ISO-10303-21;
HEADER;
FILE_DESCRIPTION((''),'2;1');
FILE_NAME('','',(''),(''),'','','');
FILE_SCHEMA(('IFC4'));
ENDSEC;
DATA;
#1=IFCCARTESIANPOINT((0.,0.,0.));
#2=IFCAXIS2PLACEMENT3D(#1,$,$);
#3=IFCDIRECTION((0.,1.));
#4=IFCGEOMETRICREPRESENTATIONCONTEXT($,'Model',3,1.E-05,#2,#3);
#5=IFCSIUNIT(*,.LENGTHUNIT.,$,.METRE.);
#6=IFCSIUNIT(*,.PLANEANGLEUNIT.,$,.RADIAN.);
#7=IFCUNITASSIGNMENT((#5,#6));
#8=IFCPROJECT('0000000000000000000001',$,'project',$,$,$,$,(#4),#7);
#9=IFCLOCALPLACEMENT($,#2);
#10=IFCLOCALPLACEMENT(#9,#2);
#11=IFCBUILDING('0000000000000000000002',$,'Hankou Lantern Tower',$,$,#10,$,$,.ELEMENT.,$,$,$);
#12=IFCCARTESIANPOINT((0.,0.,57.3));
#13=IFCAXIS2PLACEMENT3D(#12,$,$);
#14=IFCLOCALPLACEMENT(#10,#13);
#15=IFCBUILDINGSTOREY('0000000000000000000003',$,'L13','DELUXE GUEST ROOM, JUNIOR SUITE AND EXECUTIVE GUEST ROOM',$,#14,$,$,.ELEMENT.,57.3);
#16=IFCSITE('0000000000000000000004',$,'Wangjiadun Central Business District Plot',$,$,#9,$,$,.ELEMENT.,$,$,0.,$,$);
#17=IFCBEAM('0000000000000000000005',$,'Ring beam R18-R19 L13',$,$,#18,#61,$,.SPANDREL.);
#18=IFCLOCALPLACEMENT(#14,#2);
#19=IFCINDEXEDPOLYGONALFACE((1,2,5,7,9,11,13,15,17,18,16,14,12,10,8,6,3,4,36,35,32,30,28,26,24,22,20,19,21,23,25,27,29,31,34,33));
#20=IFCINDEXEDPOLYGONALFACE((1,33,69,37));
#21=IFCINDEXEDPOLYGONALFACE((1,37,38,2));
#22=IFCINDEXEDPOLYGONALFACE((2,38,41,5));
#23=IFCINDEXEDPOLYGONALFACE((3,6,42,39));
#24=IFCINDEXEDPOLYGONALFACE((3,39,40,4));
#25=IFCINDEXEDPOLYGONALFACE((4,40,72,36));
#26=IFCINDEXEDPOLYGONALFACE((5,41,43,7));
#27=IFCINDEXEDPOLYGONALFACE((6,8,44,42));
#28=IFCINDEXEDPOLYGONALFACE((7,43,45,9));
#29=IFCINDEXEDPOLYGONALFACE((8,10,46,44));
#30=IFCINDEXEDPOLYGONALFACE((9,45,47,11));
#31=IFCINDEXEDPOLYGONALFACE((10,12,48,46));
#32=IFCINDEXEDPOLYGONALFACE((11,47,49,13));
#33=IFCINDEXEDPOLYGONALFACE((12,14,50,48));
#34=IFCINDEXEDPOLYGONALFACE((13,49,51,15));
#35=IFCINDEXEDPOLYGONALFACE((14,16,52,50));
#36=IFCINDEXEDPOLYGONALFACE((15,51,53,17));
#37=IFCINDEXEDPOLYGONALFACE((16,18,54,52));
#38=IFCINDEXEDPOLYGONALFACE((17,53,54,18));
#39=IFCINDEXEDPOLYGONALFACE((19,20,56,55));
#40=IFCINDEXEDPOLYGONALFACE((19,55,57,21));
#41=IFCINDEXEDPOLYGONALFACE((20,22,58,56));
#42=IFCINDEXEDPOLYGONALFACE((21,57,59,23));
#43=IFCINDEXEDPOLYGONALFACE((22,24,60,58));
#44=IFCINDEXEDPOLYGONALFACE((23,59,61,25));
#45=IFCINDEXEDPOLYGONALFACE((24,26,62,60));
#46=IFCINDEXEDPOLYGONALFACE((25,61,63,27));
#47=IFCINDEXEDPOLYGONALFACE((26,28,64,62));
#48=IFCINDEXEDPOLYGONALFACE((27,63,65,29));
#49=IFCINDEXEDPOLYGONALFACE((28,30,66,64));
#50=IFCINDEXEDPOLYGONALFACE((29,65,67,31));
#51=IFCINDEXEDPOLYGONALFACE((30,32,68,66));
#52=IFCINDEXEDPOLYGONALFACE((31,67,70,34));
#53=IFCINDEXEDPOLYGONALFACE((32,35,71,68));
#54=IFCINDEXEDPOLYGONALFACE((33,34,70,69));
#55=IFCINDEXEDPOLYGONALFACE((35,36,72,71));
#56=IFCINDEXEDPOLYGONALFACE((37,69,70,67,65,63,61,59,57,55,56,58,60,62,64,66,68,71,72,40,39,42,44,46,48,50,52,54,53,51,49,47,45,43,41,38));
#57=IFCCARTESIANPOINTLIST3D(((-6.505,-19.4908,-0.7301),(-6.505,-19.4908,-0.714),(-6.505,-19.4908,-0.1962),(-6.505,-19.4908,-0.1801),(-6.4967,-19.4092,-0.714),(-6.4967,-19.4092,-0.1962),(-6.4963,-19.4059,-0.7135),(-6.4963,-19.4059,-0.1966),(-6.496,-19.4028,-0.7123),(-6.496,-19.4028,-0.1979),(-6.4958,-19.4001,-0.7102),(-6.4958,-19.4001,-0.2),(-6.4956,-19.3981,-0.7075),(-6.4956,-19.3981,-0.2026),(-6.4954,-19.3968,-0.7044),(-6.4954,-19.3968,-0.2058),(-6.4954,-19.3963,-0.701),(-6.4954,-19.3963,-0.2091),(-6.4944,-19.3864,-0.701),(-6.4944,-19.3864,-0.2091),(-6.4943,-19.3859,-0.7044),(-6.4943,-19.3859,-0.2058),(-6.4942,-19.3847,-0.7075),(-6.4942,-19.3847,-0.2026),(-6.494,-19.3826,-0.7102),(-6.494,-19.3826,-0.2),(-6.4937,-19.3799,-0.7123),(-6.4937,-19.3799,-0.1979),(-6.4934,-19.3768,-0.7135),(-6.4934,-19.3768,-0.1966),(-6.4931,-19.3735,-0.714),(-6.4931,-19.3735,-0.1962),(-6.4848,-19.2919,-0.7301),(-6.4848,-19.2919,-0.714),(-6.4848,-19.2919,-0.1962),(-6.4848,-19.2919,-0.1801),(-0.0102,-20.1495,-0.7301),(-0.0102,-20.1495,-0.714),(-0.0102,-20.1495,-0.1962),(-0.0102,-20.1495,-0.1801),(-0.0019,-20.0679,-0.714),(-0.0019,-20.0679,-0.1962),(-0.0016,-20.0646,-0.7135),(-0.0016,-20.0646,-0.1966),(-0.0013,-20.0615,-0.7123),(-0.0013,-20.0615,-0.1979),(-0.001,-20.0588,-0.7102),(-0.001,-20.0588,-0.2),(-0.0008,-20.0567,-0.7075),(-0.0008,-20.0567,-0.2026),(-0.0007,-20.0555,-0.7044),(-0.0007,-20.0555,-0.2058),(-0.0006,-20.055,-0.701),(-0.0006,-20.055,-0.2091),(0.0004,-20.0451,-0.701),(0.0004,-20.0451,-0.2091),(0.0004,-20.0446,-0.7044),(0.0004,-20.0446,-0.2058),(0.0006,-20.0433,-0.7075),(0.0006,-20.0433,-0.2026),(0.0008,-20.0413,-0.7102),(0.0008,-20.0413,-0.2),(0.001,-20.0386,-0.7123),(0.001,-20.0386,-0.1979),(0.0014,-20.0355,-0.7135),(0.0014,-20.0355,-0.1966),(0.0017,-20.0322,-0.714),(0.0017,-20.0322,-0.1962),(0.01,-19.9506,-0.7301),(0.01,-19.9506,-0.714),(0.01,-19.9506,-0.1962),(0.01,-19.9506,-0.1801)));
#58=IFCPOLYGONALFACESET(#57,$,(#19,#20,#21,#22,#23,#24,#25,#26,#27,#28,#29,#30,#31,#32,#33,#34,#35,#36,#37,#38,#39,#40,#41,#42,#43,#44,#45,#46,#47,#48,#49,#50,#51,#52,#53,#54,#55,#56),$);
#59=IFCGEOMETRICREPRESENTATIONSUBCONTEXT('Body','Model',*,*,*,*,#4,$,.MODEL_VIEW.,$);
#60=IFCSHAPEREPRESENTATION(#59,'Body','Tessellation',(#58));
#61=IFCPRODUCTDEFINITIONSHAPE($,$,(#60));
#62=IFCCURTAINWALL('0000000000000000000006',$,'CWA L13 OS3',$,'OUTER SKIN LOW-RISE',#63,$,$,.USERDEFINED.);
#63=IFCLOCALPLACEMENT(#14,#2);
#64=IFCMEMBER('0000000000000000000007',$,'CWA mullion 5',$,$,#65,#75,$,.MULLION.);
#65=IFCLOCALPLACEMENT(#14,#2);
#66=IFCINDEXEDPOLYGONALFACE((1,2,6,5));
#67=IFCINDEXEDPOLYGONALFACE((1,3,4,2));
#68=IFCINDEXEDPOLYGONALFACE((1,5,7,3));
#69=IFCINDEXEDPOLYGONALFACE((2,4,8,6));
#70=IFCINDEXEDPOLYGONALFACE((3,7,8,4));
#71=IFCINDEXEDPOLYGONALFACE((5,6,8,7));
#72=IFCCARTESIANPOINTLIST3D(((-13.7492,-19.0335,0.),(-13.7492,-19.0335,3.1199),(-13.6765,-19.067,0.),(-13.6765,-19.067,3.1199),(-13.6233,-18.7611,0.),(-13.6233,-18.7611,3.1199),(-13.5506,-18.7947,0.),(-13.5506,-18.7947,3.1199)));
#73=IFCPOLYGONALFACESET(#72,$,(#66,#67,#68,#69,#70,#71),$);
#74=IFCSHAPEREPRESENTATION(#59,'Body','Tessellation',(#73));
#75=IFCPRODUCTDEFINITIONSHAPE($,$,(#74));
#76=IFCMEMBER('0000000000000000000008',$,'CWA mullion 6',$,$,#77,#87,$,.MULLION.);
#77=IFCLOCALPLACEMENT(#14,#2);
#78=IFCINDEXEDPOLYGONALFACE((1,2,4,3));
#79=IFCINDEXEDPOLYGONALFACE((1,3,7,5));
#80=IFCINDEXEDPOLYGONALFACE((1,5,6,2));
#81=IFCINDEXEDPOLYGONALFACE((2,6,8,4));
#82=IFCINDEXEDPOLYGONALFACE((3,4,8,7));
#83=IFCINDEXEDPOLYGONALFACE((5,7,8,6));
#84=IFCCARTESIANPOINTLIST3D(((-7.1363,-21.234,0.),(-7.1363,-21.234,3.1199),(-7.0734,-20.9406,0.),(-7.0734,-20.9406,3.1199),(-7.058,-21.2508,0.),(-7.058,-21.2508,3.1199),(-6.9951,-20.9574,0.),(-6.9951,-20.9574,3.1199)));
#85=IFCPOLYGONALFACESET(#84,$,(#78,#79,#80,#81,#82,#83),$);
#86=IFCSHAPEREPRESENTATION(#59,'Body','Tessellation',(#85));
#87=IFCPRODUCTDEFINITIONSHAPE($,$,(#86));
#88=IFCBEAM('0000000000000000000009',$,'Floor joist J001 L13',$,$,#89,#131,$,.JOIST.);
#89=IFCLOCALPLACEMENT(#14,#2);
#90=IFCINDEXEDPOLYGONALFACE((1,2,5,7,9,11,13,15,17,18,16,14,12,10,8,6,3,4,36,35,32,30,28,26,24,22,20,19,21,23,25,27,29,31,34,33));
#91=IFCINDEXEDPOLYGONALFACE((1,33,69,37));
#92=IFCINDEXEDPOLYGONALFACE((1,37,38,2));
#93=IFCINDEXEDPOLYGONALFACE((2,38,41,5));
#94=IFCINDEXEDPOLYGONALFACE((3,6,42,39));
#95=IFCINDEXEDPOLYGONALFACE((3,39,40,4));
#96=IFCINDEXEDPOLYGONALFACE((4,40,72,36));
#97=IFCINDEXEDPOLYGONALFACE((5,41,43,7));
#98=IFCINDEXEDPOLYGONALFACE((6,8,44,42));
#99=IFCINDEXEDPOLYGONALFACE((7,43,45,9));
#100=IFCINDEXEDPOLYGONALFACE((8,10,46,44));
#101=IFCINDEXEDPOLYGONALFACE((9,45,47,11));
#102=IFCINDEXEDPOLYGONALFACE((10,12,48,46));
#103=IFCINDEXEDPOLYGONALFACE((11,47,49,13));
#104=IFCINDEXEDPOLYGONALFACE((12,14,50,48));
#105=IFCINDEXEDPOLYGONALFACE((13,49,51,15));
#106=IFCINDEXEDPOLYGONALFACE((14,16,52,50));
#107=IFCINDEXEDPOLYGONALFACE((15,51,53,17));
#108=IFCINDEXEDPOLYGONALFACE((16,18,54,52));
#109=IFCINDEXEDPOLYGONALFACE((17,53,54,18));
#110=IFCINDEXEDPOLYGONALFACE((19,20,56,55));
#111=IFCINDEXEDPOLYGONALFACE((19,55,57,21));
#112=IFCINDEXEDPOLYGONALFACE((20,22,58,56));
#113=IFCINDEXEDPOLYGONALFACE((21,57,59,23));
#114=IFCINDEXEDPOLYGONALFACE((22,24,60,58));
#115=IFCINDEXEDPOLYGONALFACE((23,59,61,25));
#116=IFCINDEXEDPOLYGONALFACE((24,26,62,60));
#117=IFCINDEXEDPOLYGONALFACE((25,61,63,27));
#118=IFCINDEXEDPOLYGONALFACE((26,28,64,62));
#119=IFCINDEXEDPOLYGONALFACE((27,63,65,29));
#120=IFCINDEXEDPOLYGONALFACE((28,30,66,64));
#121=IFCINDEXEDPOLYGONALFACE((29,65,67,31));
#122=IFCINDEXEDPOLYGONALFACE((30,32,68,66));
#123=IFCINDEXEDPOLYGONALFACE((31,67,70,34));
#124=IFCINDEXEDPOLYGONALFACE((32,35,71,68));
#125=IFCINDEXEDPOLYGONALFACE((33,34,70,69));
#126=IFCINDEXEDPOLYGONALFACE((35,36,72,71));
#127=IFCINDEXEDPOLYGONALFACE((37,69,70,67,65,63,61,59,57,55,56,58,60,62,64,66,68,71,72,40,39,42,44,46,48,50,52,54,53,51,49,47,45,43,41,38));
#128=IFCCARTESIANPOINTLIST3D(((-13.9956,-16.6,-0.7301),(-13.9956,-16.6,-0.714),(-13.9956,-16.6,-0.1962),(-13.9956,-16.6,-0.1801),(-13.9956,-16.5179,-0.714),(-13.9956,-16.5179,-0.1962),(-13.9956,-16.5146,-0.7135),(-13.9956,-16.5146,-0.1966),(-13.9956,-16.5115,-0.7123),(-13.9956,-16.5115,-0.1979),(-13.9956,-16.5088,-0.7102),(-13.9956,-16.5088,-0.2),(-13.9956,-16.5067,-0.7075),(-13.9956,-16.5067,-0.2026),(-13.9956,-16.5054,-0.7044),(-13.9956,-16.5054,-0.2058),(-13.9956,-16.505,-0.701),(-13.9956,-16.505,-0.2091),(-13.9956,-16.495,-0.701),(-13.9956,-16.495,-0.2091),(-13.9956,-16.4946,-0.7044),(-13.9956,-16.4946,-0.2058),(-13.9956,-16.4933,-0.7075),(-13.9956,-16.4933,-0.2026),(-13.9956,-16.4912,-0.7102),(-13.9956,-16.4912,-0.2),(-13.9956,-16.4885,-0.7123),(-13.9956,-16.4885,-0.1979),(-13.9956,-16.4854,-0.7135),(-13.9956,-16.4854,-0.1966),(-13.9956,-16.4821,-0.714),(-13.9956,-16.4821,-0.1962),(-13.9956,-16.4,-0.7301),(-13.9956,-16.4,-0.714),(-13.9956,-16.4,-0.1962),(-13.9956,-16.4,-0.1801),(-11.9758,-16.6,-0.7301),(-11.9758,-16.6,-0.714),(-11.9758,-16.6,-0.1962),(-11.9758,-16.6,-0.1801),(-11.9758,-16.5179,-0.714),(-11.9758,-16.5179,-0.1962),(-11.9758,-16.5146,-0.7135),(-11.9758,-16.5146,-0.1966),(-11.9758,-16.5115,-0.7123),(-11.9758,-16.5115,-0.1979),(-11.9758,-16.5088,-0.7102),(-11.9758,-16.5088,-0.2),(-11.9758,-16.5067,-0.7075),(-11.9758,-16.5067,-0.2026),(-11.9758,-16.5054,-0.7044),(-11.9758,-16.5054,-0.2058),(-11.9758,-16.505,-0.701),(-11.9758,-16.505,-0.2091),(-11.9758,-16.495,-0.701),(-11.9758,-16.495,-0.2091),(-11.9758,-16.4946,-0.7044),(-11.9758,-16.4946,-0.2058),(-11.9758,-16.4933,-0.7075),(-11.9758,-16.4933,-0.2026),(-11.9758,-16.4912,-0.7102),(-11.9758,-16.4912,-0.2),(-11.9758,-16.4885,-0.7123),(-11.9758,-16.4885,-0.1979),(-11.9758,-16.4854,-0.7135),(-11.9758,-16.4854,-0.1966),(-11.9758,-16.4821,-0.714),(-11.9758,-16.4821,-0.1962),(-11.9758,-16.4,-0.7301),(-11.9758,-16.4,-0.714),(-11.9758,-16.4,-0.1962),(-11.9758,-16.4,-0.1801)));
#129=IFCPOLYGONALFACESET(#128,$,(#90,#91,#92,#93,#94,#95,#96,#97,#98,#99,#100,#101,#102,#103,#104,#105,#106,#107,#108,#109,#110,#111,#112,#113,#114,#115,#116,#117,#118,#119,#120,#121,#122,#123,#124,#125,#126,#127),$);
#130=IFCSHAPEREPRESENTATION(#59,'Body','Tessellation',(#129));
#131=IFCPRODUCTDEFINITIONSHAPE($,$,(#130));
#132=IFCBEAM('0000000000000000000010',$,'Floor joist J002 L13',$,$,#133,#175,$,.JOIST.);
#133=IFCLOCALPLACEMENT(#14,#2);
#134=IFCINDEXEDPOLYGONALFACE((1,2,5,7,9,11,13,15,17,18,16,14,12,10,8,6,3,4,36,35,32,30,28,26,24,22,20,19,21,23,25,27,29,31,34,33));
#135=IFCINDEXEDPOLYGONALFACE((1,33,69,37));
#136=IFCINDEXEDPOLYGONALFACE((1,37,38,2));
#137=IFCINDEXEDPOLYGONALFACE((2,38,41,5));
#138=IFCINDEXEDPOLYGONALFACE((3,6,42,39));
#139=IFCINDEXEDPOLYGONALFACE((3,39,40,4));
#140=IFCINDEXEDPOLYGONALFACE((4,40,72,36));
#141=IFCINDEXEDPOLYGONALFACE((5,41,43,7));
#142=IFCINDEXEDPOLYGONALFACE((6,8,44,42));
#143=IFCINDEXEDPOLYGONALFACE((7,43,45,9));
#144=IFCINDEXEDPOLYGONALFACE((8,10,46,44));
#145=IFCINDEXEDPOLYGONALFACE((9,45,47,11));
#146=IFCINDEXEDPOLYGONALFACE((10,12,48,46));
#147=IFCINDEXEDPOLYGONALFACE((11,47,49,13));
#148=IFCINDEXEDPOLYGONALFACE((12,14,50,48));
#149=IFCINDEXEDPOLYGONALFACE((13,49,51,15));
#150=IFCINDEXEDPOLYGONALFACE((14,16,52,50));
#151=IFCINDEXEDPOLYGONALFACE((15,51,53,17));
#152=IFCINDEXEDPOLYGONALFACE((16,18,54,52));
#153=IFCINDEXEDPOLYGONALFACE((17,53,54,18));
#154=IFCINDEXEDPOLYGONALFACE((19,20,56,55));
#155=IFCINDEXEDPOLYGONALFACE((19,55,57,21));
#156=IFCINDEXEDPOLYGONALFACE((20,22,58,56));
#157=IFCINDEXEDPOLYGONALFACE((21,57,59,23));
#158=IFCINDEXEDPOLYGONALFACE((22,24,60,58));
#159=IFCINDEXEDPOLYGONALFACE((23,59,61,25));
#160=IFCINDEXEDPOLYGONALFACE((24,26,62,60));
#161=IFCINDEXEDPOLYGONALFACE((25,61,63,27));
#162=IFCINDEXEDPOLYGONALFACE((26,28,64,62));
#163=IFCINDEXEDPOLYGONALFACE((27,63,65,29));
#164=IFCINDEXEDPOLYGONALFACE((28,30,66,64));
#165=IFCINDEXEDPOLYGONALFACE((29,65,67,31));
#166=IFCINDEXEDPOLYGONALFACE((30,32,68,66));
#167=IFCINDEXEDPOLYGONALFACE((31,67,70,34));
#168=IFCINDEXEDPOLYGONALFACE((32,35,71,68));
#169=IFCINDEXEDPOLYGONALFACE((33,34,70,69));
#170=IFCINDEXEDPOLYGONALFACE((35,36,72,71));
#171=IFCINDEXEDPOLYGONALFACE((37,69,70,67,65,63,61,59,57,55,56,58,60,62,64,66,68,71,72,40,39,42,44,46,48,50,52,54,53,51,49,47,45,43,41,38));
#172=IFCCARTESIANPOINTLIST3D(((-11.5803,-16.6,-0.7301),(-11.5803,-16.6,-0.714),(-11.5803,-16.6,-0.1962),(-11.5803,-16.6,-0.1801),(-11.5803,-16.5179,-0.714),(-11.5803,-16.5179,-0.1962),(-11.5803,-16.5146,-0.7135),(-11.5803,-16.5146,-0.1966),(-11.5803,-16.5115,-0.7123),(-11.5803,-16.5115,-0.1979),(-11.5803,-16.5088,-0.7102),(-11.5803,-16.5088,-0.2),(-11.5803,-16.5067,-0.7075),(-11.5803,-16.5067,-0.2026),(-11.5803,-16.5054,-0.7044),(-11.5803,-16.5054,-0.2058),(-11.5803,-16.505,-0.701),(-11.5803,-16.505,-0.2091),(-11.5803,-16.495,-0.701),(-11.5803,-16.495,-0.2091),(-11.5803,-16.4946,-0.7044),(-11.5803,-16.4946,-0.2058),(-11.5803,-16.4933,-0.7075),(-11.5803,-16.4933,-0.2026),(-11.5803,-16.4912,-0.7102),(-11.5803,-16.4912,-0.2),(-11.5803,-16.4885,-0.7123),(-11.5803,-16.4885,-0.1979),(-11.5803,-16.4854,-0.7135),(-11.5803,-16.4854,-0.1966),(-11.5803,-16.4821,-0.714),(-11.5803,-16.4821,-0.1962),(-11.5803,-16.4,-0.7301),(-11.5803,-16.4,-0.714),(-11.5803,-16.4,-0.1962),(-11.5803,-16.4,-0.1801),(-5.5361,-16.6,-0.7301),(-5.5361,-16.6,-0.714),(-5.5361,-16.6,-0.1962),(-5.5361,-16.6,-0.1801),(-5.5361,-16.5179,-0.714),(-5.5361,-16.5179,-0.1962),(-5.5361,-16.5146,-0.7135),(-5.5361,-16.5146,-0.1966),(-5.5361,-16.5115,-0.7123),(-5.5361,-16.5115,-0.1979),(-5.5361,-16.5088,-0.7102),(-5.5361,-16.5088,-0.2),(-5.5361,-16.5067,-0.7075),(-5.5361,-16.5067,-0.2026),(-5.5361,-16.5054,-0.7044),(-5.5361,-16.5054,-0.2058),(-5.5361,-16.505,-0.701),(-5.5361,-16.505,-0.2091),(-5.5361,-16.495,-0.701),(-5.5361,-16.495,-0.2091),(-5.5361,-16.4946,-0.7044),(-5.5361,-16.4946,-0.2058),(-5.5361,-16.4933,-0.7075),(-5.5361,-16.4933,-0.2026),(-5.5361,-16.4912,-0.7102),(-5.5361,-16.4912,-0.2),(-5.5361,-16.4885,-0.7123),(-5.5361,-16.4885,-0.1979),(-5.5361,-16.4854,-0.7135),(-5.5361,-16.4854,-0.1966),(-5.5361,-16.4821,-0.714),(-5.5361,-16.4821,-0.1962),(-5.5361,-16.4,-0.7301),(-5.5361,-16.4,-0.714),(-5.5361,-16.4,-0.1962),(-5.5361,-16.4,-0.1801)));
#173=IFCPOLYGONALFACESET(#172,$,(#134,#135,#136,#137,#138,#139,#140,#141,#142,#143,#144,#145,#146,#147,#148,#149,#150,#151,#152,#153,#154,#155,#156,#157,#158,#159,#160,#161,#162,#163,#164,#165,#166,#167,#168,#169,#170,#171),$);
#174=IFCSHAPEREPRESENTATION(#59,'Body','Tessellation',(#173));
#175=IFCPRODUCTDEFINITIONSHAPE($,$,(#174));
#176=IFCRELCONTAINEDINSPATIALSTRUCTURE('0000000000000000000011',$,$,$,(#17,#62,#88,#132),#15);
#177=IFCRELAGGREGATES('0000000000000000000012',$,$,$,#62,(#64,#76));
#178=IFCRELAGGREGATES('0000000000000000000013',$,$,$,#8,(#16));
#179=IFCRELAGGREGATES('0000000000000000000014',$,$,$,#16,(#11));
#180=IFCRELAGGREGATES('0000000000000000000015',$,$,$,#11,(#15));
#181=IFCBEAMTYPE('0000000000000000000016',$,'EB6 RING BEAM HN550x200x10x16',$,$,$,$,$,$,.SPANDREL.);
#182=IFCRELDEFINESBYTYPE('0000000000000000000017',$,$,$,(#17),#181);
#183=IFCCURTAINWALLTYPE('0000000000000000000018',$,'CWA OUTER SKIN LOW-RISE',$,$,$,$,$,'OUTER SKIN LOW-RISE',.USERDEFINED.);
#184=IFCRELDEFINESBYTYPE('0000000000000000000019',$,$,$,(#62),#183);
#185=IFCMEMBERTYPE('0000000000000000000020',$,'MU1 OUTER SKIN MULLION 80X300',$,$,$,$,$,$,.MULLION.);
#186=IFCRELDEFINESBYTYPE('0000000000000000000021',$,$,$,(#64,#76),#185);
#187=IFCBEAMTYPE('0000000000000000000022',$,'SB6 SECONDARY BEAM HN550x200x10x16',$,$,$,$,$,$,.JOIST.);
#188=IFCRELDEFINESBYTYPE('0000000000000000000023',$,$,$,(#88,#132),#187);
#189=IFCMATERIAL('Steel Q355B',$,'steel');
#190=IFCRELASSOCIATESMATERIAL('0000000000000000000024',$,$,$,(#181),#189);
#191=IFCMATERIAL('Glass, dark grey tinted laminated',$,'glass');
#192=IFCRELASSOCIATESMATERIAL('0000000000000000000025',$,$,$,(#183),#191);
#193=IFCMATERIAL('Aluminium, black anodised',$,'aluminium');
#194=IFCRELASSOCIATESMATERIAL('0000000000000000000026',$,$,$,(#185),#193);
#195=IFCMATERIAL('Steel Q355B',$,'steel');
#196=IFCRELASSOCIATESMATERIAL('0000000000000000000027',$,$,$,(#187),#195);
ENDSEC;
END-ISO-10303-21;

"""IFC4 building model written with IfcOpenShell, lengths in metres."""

from ifc_helpers import new_model, si_unit, direction, frame, origin, origin_2d, place, context, subcontext, project, spatial, rectangle, i_section, extrude, material, material_profile, profile_set, type_object, element, aggregate, save


model = new_model("IFC4")

# Units and contexts
model_context = context("Model", 3, precision=1e-05, world=origin(), true_north=direction((0.0, 1.0)))
body_context = subcontext(model_context, "Body", "Model", "MODEL_VIEW")
ifc_project = project(units=[si_unit("LENGTHUNIT", "METRE"), si_unit("PLANEANGLEUNIT", "RADIAN")], contexts=[model_context])

# Site, building, storey
site_placement = place(None, origin())
site = spatial("IfcSite", under=ifc_project, at=site_placement, Name="Wangjiadun Central Business District Plot", CompositionType="ELEMENT", RefElevation=0.0)
building_placement = place(site_placement, origin())
building = spatial("IfcBuilding", under=site, at=building_placement, Name="Hankou Lantern Tower", CompositionType="ELEMENT")
storey_placement = place(building_placement, frame((0.0, 0.0, 57.3)))
storey = spatial("IfcBuildingStorey", under=building, at=storey_placement, Name="L13", Description="DELUXE GUEST ROOM, JUNIOR SUITE AND EXECUTIVE GUEST ROOM", CompositionType="ELEMENT", Elevation=57.3)

# Beam
ifc_material_1 = material(Name="Steel Q355B", Category="steel")
ifc_material_profile_1 = material_profile(ifc_material_1, i_section(OverallWidth=0.2, OverallDepth=0.55, WebThickness=0.01, FlangeThickness=0.0161, FilletRadius=0.0129, at=origin_2d()), Name="HN550x200x10x16")
ifc_profile_set_1 = profile_set([ifc_material_profile_1], Name="Steel Q355B")
beam_type_1 = type_object("IfcBeamType", Name="EB6 RING BEAM HN550x200x10x16", PredefinedType="SPANDREL", material=ifc_profile_set_1)
beam_1_placement = place(storey_placement, frame((-6.4949, -19.3914, -0.4551), z_axis=(0.994897, -0.1009, 0.0), x_axis=(0.1009, 0.994897, 0.0)))
element("IfcBeam", 1, at=beam_1_placement, inside=storey, type_object=beam_type_1, Name="Ring beam R18-R19 L13", PredefinedType="SPANDREL", context=body_context, shape_type="SweptSolid", body=[
    extrude(i_section(OverallWidth=0.2, OverallDepth=0.55, WebThickness=0.01, FlangeThickness=0.0161, FilletRadius=0.0129, at=origin_2d()), origin(), (0.0, 0.0, 1.0), 6.5281),
])

# Curtain wall, members
ifc_material_2 = material(Name="Glass, dark grey tinted laminated", Category="glass")
curtain_wall_type = type_object("IfcCurtainWallType", Name="CWA OUTER SKIN LOW-RISE", ElementType="OUTER SKIN LOW-RISE", PredefinedType="USERDEFINED", material=ifc_material_2)
curtain_wall_placement = place(storey_placement, origin())
curtain_wall = element("IfcCurtainWall", 2, at=curtain_wall_placement, inside=storey, type_object=curtain_wall_type, Name="CWA L13 OS3", ObjectType="OUTER SKIN LOW-RISE", PredefinedType="USERDEFINED")
ifc_material_3 = material(Name="Aluminium, black anodised", Category="aluminium")
ifc_material_profile_2 = material_profile(ifc_material_3, rectangle(XDim=0.0801, YDim=0.3, at=origin_2d()), Name="MU1 80X300")
ifc_profile_set_2 = profile_set([ifc_material_profile_2], Name="Aluminium, black anodised")
member_type_1 = type_object("IfcMemberType", Name="MU1 OUTER SKIN MULLION 80X300", PredefinedType="MULLION", material=ifc_profile_set_2)
member_1_placement = place(storey_placement, frame((-13.6499, -18.9141, 0.0), z_axis=(0.0, 0.0, 1.0), x_axis=(0.907841, -0.419314, 0.0)))
member_1 = element("IfcMember", 3, at=member_1_placement, type_object=member_type_1, Name="CWA mullion 5", PredefinedType="MULLION", context=body_context, shape_type="SweptSolid", body=[
    extrude(rectangle(XDim=0.0801, YDim=0.3, at=origin_2d()), origin(), (0.0, 0.0, 1.0), 3.1199),
])
member_2_placement = place(storey_placement, frame((-7.0657, -21.0957, 0.0), z_axis=(0.0, 0.0, 1.0), x_axis=(0.977788, -0.209598, 0.0)))
member_2 = element("IfcMember", 4, at=member_2_placement, type_object=member_type_1, Name="CWA mullion 6", PredefinedType="MULLION", context=body_context, shape_type="SweptSolid", body=[
    extrude(rectangle(XDim=0.0801, YDim=0.3, at=origin_2d()), origin(), (0.0, 0.0, 1.0), 3.1199),
])

# Beams
ifc_material_4 = material(Name="Steel Q355B", Category="steel")
ifc_material_profile_3 = material_profile(ifc_material_4, i_section(OverallWidth=0.2, OverallDepth=0.55, WebThickness=0.01, FlangeThickness=0.0161, FilletRadius=0.0129, at=origin_2d()), Name="HN550x200x10x16")
ifc_profile_set_3 = profile_set([ifc_material_profile_3], Name="Steel Q355B")
beam_type_2 = type_object("IfcBeamType", Name="SB6 SECONDARY BEAM HN550x200x10x16", PredefinedType="JOIST", material=ifc_profile_set_3)
beam_2_placement = place(storey_placement, frame((-13.9956, -16.5, -0.4551), z_axis=(1.0, 0.0, 0.0), x_axis=(0.0, 1.0, 0.0)))
element("IfcBeam", 5, at=beam_2_placement, inside=storey, type_object=beam_type_2, Name="Floor joist J001 L13", PredefinedType="JOIST", context=body_context, shape_type="SweptSolid", body=[
    extrude(i_section(OverallWidth=0.2, OverallDepth=0.55, WebThickness=0.01, FlangeThickness=0.0161, FilletRadius=0.0129, at=origin_2d()), origin(), (0.0, 0.0, 1.0), 2.0198),
])
beam_3_placement = place(storey_placement, frame((-11.5803, -16.5, -0.4551), z_axis=(1.0, 0.0, 0.0), x_axis=(0.0, 1.0, 0.0)))
element("IfcBeam", 6, at=beam_3_placement, inside=storey, type_object=beam_type_2, Name="Floor joist J002 L13", PredefinedType="JOIST", context=body_context, shape_type="SweptSolid", body=[
    extrude(i_section(OverallWidth=0.2, OverallDepth=0.55, WebThickness=0.01, FlangeThickness=0.0161, FilletRadius=0.0129, at=origin_2d()), origin(), (0.0, 0.0, 1.0), 6.0442),
])

aggregate(curtain_wall, [member_1, member_2])

save(model, "model.ifc")
